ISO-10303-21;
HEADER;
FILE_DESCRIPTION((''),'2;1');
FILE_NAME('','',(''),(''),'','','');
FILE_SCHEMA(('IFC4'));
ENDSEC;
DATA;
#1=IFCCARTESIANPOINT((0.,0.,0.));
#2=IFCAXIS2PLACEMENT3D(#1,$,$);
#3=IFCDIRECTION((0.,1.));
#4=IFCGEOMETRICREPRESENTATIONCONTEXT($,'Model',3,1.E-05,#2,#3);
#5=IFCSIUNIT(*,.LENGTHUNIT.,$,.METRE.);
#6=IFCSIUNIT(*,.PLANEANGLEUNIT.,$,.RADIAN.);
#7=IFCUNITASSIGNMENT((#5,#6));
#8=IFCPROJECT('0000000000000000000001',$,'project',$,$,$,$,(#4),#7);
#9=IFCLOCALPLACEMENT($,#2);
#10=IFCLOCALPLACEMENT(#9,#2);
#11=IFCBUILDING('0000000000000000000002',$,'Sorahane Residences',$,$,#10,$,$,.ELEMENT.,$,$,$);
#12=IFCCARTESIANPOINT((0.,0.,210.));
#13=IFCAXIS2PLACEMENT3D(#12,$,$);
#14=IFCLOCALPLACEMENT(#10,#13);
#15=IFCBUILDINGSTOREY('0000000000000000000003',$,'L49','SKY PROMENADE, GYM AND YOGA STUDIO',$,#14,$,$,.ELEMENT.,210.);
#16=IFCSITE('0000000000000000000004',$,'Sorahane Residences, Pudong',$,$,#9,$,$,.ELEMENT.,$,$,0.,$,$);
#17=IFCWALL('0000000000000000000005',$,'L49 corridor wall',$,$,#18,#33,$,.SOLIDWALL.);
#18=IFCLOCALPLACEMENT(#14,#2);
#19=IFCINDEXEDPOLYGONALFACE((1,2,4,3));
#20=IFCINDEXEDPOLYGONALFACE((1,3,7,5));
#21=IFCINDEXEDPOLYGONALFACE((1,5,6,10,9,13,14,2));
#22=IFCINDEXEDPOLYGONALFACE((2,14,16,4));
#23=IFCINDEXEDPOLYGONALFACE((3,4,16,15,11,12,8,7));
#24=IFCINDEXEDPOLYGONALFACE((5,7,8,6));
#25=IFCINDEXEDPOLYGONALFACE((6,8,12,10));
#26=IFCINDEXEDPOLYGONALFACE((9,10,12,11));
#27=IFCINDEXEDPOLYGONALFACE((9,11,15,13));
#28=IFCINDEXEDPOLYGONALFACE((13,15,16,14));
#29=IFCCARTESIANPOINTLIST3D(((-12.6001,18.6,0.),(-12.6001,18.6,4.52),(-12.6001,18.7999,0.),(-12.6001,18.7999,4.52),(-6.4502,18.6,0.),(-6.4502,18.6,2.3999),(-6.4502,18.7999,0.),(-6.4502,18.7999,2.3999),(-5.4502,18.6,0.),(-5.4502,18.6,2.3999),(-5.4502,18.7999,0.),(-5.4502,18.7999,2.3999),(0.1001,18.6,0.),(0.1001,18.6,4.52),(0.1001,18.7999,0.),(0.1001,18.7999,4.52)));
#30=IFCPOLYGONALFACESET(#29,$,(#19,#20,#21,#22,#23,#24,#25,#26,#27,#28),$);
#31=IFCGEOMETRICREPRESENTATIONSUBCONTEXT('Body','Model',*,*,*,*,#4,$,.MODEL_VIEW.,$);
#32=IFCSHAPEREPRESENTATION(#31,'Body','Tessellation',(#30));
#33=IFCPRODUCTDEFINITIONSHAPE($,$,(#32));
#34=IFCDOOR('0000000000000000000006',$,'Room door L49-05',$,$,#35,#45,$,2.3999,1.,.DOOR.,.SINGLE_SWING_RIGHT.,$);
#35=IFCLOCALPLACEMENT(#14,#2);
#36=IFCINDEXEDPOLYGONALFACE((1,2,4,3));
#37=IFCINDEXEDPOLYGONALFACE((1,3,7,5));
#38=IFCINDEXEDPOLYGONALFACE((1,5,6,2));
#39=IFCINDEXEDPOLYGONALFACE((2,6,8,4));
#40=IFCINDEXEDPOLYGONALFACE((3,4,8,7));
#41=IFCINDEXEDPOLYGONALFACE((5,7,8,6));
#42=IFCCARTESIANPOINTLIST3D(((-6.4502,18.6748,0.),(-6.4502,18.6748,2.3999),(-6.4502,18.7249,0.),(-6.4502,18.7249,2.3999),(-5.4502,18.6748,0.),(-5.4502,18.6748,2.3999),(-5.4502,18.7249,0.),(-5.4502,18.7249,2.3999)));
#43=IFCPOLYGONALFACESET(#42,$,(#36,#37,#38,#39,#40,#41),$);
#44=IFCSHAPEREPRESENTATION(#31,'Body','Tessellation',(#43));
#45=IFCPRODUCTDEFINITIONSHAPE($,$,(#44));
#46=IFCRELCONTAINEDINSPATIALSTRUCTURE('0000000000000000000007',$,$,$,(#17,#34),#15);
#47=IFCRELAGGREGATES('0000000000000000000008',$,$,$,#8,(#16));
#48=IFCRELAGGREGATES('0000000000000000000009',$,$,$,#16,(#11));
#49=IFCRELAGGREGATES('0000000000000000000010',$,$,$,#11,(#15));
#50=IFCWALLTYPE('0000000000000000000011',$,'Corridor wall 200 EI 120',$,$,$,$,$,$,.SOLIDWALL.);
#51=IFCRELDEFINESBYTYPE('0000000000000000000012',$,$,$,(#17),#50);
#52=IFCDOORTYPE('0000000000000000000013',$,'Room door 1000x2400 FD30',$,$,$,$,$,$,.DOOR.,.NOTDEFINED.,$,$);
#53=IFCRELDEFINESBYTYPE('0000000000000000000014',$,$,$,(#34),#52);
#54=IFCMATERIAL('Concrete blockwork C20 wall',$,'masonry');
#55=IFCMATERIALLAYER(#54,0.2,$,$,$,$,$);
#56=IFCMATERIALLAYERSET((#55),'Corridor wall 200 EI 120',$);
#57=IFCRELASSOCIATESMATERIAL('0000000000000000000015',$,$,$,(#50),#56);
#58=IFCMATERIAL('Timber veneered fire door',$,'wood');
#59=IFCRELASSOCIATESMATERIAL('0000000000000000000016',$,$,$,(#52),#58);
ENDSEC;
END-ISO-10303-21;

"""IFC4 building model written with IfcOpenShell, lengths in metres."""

from ifc_helpers import new_model, si_unit, direction, frame, frame_2d, origin, place, context, subcontext, project, spatial, rectangle, extrude, material, layer, layer_set, type_object, element, fill, save


model = new_model("IFC4")

# Units and contexts
model_context = context("Model", 3, precision=1e-05, world=origin(), true_north=direction((0.0, 1.0)))
body_context = subcontext(model_context, "Body", "Model", "MODEL_VIEW")
ifc_project = project(units=[si_unit("LENGTHUNIT", "METRE"), si_unit("PLANEANGLEUNIT", "RADIAN")], contexts=[model_context])

# Site, building, storey
site_placement = place(None, origin())
site = spatial("IfcSite", under=ifc_project, at=site_placement, Name="Sorahane Residences, Pudong", CompositionType="ELEMENT", RefElevation=0.0)
building_placement = place(site_placement, origin())
building = spatial("IfcBuilding", under=site, at=building_placement, Name="Sorahane Residences", CompositionType="ELEMENT")
storey_placement = place(building_placement, frame((0.0, 0.0, 210.0)))
storey = spatial("IfcBuildingStorey", under=building, at=storey_placement, Name="L49", Description="SKY PROMENADE, GYM AND YOGA STUDIO", CompositionType="ELEMENT", Elevation=210.0)

# Shared definitions
ifc_material_1 = material(Name="Concrete blockwork C20 wall", Category="masonry")
ifc_layer_1 = layer(ifc_material_1, 0.2)
ifc_layer_set_1 = layer_set([ifc_layer_1], Name="Corridor wall 200 EI 120")
wall_type = type_object("IfcWallType", Name="Corridor wall 200 EI 120", PredefinedType="SOLIDWALL", material=ifc_layer_set_1)

# Wall, opening, door
wall_1_placement = place(storey_placement, frame((-12.6001, 18.7, 0.0), z_axis=(0.0, 0.0, 1.0), x_axis=(1.0, 0.0, 0.0)))
wall_1 = element("IfcWall", 1, at=wall_1_placement, inside=storey, type_object=wall_type, Name="L49 corridor wall", PredefinedType="SOLIDWALL", context=body_context, shape_type="SweptSolid", body=[
    extrude(rectangle(XDim=12.7002, YDim=0.2, at=frame_2d((6.3501, 0.0))), origin(), (0.0, 0.0, 1.0), 4.52),
])
opening_1_placement = place(wall_1_placement, frame((6.1499, 0.0, 0.0)))
opening_1 = element("IfcOpeningElement", 2, at=opening_1_placement, cuts=wall_1, PredefinedType="OPENING", context=body_context, shape_type="SweptSolid", body=[
    extrude(rectangle(XDim=1.0, YDim=2.3999, at=frame_2d((0.5, 1.2))), frame((0.0, 0.1099, 0.0), z_axis=(0.0, -1.0, 0.0), x_axis=(1.0, 0.0, 0.0)), (0.0, 0.0, 1.0), 0.22),
])
ifc_material_2 = material(Name="Timber veneered fire door", Category="wood")
door_type_1 = type_object("IfcDoorType", Name="Room door 1000x2400 FD30", OperationType="NOTDEFINED", PredefinedType="DOOR", material=ifc_material_2)
door_1_placement = place(opening_1_placement, origin())
door_1 = element("IfcDoor", 3, at=door_1_placement, inside=storey, type_object=door_type_1, Name="Room door L49-05", OperationType="SINGLE_SWING_RIGHT", OverallHeight=2.3999, OverallWidth=1.0, PredefinedType="DOOR", context=body_context, shape_type="SweptSolid", body=[
    extrude(rectangle(XDim=1.0, YDim=2.3999, at=frame_2d((0.5, 1.2))), frame((0.0, 0.0249, 0.0), z_axis=(0.0, -1.0, 0.0), x_axis=(1.0, 0.0, 0.0)), (0.0, 0.0, 1.0), 0.05),
])
fill(opening_1, door_1)

save(model, "model.ifc")
